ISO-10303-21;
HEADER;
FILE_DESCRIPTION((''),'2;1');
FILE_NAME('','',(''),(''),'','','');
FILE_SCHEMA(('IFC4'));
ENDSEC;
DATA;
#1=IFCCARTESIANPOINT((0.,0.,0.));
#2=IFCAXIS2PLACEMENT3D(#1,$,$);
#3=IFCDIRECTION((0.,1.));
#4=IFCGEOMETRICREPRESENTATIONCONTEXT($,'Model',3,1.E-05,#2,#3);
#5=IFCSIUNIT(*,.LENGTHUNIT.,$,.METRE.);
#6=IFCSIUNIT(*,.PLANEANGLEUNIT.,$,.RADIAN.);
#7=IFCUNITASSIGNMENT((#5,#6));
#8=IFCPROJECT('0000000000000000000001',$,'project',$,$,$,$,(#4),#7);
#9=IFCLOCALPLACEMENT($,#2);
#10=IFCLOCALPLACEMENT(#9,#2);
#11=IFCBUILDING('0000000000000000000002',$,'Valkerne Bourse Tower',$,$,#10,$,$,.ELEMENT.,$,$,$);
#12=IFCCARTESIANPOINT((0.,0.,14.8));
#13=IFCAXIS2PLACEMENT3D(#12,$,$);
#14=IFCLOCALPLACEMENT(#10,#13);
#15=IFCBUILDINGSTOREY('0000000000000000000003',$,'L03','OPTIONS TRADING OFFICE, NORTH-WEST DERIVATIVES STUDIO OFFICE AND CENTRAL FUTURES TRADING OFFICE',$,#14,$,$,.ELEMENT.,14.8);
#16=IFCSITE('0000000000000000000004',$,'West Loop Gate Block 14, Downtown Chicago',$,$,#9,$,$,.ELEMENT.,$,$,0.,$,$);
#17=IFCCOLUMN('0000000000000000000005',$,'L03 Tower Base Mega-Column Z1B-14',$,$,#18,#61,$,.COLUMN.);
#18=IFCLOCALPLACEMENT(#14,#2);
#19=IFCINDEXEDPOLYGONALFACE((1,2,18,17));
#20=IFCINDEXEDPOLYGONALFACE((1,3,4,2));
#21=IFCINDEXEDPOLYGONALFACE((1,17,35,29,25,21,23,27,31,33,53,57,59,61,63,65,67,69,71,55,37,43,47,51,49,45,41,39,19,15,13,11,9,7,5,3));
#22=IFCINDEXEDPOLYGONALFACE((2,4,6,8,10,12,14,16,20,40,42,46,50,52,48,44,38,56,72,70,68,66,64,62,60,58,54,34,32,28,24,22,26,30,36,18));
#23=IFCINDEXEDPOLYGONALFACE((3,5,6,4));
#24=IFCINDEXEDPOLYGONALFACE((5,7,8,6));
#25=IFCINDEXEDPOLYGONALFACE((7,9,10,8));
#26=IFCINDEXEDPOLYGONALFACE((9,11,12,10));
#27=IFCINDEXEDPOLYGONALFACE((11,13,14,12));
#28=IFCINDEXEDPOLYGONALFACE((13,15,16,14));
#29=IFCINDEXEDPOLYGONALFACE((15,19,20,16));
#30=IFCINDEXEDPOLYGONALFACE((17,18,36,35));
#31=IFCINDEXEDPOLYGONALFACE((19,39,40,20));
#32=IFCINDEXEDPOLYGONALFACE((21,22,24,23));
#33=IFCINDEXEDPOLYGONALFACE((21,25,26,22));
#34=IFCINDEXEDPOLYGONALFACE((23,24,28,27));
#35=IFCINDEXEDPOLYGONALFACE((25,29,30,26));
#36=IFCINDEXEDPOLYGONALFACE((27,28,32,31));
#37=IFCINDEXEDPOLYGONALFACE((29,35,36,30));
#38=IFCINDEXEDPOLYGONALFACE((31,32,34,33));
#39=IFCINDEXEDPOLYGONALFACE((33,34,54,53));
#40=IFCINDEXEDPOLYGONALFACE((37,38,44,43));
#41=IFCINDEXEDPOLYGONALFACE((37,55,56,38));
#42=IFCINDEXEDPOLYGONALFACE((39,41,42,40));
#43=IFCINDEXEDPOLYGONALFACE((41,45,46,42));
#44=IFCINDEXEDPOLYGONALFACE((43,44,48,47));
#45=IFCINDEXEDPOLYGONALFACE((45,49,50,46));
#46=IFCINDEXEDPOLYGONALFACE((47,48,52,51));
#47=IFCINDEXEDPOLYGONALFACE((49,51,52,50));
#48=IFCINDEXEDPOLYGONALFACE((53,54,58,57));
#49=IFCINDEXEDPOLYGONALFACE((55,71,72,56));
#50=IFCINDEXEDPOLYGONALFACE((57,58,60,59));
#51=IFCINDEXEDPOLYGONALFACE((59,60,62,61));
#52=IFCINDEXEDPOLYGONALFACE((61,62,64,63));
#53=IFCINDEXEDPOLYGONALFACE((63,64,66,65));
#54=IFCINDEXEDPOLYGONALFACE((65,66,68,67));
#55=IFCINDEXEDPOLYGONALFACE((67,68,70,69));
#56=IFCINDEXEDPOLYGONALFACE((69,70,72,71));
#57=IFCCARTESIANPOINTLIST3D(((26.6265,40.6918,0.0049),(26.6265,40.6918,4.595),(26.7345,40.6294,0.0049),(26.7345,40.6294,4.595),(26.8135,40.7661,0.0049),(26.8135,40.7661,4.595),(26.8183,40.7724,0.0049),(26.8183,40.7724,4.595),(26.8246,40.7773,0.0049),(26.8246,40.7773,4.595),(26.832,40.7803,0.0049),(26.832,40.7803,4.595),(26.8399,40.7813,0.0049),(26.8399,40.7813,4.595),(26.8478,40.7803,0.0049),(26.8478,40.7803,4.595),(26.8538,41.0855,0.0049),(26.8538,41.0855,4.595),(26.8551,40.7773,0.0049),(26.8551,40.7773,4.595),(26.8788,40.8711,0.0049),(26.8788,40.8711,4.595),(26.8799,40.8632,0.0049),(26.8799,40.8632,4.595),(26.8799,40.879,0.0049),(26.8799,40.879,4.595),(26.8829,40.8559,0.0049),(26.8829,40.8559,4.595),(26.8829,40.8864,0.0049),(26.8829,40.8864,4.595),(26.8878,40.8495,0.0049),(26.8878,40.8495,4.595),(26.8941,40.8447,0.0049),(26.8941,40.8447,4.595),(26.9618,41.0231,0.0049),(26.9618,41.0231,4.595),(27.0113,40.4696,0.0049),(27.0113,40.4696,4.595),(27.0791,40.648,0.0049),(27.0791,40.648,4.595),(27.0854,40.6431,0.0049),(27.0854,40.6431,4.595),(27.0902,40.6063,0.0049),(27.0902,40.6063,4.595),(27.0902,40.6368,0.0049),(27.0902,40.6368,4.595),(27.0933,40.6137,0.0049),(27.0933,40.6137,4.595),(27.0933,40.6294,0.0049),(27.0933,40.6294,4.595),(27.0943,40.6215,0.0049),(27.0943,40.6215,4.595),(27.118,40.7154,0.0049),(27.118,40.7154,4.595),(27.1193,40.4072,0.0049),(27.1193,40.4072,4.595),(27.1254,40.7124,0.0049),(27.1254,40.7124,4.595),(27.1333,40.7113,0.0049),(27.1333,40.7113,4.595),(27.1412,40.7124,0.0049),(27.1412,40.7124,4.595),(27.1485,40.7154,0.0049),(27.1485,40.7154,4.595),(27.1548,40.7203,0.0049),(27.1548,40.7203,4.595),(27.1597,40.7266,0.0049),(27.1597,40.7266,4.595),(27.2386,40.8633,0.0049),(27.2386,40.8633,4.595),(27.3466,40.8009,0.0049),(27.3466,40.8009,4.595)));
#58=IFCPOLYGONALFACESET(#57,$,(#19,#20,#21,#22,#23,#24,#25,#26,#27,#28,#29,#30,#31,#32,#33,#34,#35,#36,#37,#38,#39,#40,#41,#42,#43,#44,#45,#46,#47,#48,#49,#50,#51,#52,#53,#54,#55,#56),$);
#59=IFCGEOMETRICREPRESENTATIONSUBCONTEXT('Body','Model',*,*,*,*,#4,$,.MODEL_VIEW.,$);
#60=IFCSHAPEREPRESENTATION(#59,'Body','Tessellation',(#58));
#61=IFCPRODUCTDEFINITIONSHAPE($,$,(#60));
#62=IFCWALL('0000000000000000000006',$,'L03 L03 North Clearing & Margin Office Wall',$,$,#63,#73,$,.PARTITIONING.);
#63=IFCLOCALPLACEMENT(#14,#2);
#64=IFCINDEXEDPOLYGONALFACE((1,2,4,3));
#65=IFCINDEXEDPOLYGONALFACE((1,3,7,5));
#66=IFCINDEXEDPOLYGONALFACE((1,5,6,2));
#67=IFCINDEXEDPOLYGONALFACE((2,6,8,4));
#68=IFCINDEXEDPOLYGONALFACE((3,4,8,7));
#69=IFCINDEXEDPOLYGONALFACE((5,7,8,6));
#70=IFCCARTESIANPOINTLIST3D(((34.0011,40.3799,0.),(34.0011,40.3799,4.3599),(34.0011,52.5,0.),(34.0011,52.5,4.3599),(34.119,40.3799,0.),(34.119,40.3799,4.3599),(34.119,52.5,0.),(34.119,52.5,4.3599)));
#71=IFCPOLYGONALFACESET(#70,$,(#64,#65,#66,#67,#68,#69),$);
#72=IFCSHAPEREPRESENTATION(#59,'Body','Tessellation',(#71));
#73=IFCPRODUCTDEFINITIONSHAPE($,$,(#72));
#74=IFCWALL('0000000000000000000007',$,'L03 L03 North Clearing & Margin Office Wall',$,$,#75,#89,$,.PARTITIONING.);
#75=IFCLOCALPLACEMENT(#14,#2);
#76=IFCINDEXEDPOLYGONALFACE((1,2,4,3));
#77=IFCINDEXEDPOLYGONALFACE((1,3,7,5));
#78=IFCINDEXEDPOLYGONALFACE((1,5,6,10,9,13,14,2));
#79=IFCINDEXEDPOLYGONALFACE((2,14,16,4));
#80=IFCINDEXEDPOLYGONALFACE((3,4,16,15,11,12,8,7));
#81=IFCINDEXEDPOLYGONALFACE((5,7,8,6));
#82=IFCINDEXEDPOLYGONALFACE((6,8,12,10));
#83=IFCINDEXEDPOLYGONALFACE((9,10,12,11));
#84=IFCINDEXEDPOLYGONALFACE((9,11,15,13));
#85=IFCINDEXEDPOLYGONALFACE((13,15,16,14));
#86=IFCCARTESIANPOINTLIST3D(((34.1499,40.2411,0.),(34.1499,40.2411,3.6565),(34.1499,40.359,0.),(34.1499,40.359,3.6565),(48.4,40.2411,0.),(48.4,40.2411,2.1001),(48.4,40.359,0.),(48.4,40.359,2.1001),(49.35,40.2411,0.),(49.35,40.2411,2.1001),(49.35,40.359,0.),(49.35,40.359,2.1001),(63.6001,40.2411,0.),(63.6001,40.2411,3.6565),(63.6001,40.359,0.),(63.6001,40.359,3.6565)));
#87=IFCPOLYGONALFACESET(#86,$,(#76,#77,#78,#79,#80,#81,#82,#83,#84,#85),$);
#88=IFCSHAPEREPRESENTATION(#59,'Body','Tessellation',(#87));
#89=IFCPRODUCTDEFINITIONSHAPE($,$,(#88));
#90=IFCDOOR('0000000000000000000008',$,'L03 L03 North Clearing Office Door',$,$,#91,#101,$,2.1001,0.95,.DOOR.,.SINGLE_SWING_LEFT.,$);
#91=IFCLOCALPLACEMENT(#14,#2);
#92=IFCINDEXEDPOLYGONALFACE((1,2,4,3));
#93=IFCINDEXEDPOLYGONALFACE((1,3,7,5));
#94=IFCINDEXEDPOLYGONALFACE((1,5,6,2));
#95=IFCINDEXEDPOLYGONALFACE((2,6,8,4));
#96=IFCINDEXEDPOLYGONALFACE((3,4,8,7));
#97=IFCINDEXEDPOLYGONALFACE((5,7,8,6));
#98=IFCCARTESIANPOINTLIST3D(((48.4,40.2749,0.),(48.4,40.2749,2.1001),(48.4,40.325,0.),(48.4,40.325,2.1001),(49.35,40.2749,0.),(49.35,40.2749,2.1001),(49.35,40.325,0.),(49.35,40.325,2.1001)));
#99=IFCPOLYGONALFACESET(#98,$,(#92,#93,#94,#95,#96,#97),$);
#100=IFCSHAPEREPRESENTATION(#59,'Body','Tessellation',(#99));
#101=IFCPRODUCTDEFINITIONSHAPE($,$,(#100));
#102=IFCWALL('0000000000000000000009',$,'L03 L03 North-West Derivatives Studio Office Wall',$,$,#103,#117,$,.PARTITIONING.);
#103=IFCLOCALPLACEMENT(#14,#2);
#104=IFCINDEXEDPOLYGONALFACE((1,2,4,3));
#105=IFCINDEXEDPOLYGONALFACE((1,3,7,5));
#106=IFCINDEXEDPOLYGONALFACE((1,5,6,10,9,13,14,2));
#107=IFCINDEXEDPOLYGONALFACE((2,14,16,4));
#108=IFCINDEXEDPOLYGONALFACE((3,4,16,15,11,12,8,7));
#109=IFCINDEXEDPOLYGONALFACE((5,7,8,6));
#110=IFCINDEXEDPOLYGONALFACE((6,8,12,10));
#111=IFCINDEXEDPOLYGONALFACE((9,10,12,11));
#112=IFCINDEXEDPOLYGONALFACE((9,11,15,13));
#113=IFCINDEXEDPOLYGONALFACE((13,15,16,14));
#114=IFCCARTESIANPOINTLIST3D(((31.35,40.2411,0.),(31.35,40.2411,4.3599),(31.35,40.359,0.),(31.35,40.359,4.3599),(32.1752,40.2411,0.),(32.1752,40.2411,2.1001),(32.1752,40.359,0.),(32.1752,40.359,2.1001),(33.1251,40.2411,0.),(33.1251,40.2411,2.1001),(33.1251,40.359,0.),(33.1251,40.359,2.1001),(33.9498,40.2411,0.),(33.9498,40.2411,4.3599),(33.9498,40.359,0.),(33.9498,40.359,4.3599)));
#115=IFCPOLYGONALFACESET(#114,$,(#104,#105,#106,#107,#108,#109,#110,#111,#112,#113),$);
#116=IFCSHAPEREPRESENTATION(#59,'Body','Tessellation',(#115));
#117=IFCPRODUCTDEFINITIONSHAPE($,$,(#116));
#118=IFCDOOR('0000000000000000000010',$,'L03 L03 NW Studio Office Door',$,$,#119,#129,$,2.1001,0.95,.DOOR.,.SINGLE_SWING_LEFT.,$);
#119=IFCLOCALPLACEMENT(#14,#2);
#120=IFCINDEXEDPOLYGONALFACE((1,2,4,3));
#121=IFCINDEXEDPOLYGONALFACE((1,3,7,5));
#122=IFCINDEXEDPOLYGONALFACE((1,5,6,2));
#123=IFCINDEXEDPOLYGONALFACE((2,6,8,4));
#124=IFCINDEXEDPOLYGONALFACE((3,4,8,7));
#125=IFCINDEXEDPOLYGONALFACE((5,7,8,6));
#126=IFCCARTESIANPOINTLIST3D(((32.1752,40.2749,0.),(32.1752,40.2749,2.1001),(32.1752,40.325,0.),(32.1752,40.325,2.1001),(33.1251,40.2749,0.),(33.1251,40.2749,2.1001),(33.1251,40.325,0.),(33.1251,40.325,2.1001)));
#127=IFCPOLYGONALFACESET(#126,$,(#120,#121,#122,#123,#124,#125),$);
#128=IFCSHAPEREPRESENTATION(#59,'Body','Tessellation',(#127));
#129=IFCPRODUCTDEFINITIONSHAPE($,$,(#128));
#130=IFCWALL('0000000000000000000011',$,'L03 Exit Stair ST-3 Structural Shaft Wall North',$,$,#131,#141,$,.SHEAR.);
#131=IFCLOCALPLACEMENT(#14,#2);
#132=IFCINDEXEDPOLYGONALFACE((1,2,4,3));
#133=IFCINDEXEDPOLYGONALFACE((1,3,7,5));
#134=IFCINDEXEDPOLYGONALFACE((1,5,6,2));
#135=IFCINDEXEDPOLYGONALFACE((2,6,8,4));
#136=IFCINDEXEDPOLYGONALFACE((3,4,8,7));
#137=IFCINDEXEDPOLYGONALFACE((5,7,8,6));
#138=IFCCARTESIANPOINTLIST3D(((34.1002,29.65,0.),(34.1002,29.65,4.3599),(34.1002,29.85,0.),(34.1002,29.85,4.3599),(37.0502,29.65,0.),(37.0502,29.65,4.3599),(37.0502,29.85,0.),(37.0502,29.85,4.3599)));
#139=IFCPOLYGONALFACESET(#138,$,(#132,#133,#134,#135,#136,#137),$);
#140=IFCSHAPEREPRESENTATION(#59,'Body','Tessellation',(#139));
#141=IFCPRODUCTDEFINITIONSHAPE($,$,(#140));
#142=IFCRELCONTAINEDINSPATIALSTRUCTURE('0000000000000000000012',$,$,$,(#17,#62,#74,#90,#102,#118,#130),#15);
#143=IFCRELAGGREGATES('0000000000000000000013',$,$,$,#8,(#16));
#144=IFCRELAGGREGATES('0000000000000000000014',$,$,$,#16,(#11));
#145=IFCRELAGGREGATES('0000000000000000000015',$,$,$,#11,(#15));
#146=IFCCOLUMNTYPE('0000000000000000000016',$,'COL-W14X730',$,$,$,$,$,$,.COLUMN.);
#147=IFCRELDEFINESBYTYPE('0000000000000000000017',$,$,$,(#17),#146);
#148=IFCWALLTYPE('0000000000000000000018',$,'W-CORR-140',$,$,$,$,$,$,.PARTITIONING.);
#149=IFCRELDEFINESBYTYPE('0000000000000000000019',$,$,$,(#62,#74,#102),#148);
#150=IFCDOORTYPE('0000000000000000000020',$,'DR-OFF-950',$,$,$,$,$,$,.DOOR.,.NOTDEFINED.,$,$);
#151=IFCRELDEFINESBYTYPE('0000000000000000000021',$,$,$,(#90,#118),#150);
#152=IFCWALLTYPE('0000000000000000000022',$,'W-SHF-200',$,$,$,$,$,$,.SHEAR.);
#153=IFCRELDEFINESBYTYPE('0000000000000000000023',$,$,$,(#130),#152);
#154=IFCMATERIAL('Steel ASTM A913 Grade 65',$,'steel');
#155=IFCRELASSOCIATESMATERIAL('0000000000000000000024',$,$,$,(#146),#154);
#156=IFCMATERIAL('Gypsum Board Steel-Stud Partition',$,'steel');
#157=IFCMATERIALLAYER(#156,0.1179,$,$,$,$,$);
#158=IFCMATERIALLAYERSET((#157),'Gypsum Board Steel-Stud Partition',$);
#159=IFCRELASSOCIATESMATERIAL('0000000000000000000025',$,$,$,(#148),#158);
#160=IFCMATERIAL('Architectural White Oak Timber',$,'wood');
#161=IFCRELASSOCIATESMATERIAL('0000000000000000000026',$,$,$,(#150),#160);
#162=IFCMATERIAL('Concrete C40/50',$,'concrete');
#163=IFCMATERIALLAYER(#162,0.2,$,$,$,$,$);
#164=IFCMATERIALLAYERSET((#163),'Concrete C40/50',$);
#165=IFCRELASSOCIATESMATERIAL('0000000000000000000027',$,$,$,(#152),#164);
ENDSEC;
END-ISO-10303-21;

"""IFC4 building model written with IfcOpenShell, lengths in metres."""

from ifc_helpers import new_model, si_unit, direction, frame, frame_2d, origin, origin_2d, place, context, subcontext, project, spatial, rectangle, i_section, extrude, material, layer, layer_set, material_profile, profile_set, type_object, element, fill, save


model = new_model("IFC4")

# Units and contexts
model_context = context("Model", 3, precision=1e-05, world=origin(), true_north=direction((0.0, 1.0)))
body_context = subcontext(model_context, "Body", "Model", "MODEL_VIEW")
ifc_project = project(units=[si_unit("LENGTHUNIT", "METRE"), si_unit("PLANEANGLEUNIT", "RADIAN")], contexts=[model_context])

# Site, building, storey
site_placement = place(None, origin())
site = spatial("IfcSite", under=ifc_project, at=site_placement, Name="West Loop Gate Block 14, Downtown Chicago", CompositionType="ELEMENT", RefElevation=0.0)
building_placement = place(site_placement, origin())
building = spatial("IfcBuilding", under=site, at=building_placement, Name="Valkerne Bourse Tower", CompositionType="ELEMENT")
storey_placement = place(building_placement, frame((0.0, 0.0, 14.8)))
storey = spatial("IfcBuildingStorey", under=building, at=storey_placement, Name="L03", Description="OPTIONS TRADING OFFICE, NORTH-WEST DERIVATIVES STUDIO OFFICE AND CENTRAL FUTURES TRADING OFFICE", CompositionType="ELEMENT", Elevation=14.8)

# Column
ifc_material_1 = material(Name="Steel ASTM A913 Grade 65", Category="steel")
ifc_material_profile_1 = material_profile(ifc_material_1, i_section(OverallWidth=0.4546, OverallDepth=0.5691, WebThickness=0.0779, FlangeThickness=0.1248, FilletRadius=0.0305, at=origin_2d()), Name="W14X730")
ifc_profile_set_1 = profile_set([ifc_material_profile_1], Name="Steel ASTM A913 Grade 65")
column_type_1 = type_object("IfcColumnType", Name="COL-W14X730", PredefinedType="COLUMN", material=ifc_profile_set_1)
for number, where, z_axis, x_axis, name in (
    (1, (26.9866, 40.7463, 0.0049), (0.0, 0.0, 1.0), (-0.5, -0.866025, 0.0), "L03 Tower Base Mega-Column Z1B-14"),
):
    element("IfcColumn", number, at=place(storey_placement, frame(where, z_axis=z_axis, x_axis=x_axis)), inside=storey, type_object=column_type_1, Name=name, PredefinedType="COLUMN", context=body_context, shape_type="SweptSolid", body=[
        extrude(i_section(OverallWidth=0.4546, OverallDepth=0.5691, WebThickness=0.0779, FlangeThickness=0.1248, FilletRadius=0.0305, at=origin_2d()), origin(), (0.0, 0.0, 1.0), 4.5901),
    ])

# Wall
ifc_material_2 = material(Name="Gypsum Board Steel-Stud Partition", Category="steel")
ifc_layer_1 = layer(ifc_material_2, 0.1179)
ifc_layer_set_1 = layer_set([ifc_layer_1], Name="Gypsum Board Steel-Stud Partition")
wall_type_1 = type_object("IfcWallType", Name="W-CORR-140", PredefinedType="PARTITIONING", material=ifc_layer_set_1)
wall_1_placement = place(storey_placement, frame((34.0601, 40.3799, 0.0), z_axis=(0.0, 0.0, 1.0), x_axis=(0.0, 1.0, 0.0)))
element("IfcWall", 2, at=wall_1_placement, inside=storey, type_object=wall_type_1, Name="L03 L03 North Clearing & Margin Office Wall", PredefinedType="PARTITIONING", context=body_context, shape_type="SweptSolid", body=[
    extrude(rectangle(XDim=12.1201, YDim=0.1179, at=frame_2d((6.0601, 0.0))), origin(), (0.0, 0.0, 1.0), 4.3599),
])

# Walls, openings, doors
wall_2_placement = place(storey_placement, frame((34.1499, 40.3, 0.0), z_axis=(0.0, 0.0, 1.0), x_axis=(1.0, 0.0, 0.0)))
wall_2 = element("IfcWall", 3, at=wall_2_placement, inside=storey, type_object=wall_type_1, Name="L03 L03 North Clearing & Margin Office Wall", PredefinedType="PARTITIONING", context=body_context, shape_type="SweptSolid", body=[
    extrude(rectangle(XDim=29.4502, YDim=0.1179, at=frame_2d((14.7251, 0.0))), origin(), (0.0, 0.0, 1.0), 3.6565),
])
opening_1_placement = place(wall_2_placement, frame((14.25, 0.0, 0.0)))
opening_1 = element("IfcOpeningElement", 4, at=opening_1_placement, cuts=wall_2, PredefinedType="OPENING", context=body_context, shape_type="SweptSolid", body=[
    extrude(rectangle(XDim=0.95, YDim=2.1001, at=frame_2d((0.4751, 1.05))), frame((0.0, 0.0688, 0.0), z_axis=(0.0, -1.0, 0.0), x_axis=(1.0, 0.0, 0.0)), (0.0, 0.0, 1.0), 0.1379),
])
ifc_material_3 = material(Name="Architectural White Oak Timber", Category="wood")
door_type_1 = type_object("IfcDoorType", Name="DR-OFF-950", OperationType="NOTDEFINED", PredefinedType="DOOR", material=ifc_material_3)
door_1_placement = place(opening_1_placement, origin())
door_1 = element("IfcDoor", 5, at=door_1_placement, inside=storey, type_object=door_type_1, Name="L03 L03 North Clearing Office Door", OperationType="SINGLE_SWING_LEFT", OverallHeight=2.1001, OverallWidth=0.95, PredefinedType="DOOR", context=body_context, shape_type="SweptSolid", body=[
    extrude(rectangle(XDim=0.95, YDim=2.1001, at=frame_2d((0.4751, 1.05))), frame((0.0, 0.0249, 0.0), z_axis=(0.0, -1.0, 0.0), x_axis=(1.0, 0.0, 0.0)), (0.0, 0.0, 1.0), 0.05),
])
fill(opening_1, door_1)
wall_3_placement = place(storey_placement, frame((31.3501, 40.3, 0.0), z_axis=(0.0, 0.0, 1.0), x_axis=(1.0, 0.0, 0.0)))
wall_3 = element("IfcWall", 6, at=wall_3_placement, inside=storey, type_object=wall_type_1, Name="L03 L03 North-West Derivatives Studio Office Wall", PredefinedType="PARTITIONING", context=body_context, shape_type="SweptSolid", body=[
    extrude(rectangle(XDim=2.5999, YDim=0.1179, at=frame_2d((1.2998, 0.0))), origin(), (0.0, 0.0, 1.0), 4.3599),
])
opening_2_placement = place(wall_3_placement, frame((0.825, 0.0, 0.0)))
opening_2 = element("IfcOpeningElement", 7, at=opening_2_placement, cuts=wall_3, PredefinedType="OPENING", context=body_context, shape_type="SweptSolid", body=[
    extrude(rectangle(XDim=0.95, YDim=2.1001, at=frame_2d((0.4751, 1.05))), frame((0.0, 0.0688, 0.0), z_axis=(0.0, -1.0, 0.0), x_axis=(1.0, 0.0, 0.0)), (0.0, 0.0, 1.0), 0.1379),
])
door_2_placement = place(opening_2_placement, origin())
door_2 = element("IfcDoor", 8, at=door_2_placement, inside=storey, type_object=door_type_1, Name="L03 L03 NW Studio Office Door", OperationType="SINGLE_SWING_LEFT", OverallHeight=2.1001, OverallWidth=0.95, PredefinedType="DOOR", context=body_context, shape_type="SweptSolid", body=[
    extrude(rectangle(XDim=0.95, YDim=2.1001, at=frame_2d((0.4751, 1.05))), frame((0.0, 0.0249, 0.0), z_axis=(0.0, -1.0, 0.0), x_axis=(1.0, 0.0, 0.0)), (0.0, 0.0, 1.0), 0.05),
])
fill(opening_2, door_2)

# Wall
ifc_material_4 = material(Name="Concrete C40/50", Category="concrete")
ifc_layer_2 = layer(ifc_material_4, 0.2)
ifc_layer_set_2 = layer_set([ifc_layer_2], Name="Concrete C40/50")
wall_type_2 = type_object("IfcWallType", Name="W-SHF-200", PredefinedType="SHEAR", material=ifc_layer_set_2)
wall_4_placement = place(storey_placement, frame((34.1001, 29.75, 0.0), z_axis=(0.0, 0.0, 1.0), x_axis=(1.0, 0.0, 0.0)))
element("IfcWall", 9, at=wall_4_placement, inside=storey, type_object=wall_type_2, Name="L03 Exit Stair ST-3 Structural Shaft Wall North", PredefinedType="SHEAR", context=body_context, shape_type="SweptSolid", body=[
    extrude(rectangle(XDim=2.95, YDim=0.2, at=frame_2d((1.4751, 0.0))), origin(), (0.0, 0.0, 1.0), 4.3599),
])

save(model, "model.ifc")
